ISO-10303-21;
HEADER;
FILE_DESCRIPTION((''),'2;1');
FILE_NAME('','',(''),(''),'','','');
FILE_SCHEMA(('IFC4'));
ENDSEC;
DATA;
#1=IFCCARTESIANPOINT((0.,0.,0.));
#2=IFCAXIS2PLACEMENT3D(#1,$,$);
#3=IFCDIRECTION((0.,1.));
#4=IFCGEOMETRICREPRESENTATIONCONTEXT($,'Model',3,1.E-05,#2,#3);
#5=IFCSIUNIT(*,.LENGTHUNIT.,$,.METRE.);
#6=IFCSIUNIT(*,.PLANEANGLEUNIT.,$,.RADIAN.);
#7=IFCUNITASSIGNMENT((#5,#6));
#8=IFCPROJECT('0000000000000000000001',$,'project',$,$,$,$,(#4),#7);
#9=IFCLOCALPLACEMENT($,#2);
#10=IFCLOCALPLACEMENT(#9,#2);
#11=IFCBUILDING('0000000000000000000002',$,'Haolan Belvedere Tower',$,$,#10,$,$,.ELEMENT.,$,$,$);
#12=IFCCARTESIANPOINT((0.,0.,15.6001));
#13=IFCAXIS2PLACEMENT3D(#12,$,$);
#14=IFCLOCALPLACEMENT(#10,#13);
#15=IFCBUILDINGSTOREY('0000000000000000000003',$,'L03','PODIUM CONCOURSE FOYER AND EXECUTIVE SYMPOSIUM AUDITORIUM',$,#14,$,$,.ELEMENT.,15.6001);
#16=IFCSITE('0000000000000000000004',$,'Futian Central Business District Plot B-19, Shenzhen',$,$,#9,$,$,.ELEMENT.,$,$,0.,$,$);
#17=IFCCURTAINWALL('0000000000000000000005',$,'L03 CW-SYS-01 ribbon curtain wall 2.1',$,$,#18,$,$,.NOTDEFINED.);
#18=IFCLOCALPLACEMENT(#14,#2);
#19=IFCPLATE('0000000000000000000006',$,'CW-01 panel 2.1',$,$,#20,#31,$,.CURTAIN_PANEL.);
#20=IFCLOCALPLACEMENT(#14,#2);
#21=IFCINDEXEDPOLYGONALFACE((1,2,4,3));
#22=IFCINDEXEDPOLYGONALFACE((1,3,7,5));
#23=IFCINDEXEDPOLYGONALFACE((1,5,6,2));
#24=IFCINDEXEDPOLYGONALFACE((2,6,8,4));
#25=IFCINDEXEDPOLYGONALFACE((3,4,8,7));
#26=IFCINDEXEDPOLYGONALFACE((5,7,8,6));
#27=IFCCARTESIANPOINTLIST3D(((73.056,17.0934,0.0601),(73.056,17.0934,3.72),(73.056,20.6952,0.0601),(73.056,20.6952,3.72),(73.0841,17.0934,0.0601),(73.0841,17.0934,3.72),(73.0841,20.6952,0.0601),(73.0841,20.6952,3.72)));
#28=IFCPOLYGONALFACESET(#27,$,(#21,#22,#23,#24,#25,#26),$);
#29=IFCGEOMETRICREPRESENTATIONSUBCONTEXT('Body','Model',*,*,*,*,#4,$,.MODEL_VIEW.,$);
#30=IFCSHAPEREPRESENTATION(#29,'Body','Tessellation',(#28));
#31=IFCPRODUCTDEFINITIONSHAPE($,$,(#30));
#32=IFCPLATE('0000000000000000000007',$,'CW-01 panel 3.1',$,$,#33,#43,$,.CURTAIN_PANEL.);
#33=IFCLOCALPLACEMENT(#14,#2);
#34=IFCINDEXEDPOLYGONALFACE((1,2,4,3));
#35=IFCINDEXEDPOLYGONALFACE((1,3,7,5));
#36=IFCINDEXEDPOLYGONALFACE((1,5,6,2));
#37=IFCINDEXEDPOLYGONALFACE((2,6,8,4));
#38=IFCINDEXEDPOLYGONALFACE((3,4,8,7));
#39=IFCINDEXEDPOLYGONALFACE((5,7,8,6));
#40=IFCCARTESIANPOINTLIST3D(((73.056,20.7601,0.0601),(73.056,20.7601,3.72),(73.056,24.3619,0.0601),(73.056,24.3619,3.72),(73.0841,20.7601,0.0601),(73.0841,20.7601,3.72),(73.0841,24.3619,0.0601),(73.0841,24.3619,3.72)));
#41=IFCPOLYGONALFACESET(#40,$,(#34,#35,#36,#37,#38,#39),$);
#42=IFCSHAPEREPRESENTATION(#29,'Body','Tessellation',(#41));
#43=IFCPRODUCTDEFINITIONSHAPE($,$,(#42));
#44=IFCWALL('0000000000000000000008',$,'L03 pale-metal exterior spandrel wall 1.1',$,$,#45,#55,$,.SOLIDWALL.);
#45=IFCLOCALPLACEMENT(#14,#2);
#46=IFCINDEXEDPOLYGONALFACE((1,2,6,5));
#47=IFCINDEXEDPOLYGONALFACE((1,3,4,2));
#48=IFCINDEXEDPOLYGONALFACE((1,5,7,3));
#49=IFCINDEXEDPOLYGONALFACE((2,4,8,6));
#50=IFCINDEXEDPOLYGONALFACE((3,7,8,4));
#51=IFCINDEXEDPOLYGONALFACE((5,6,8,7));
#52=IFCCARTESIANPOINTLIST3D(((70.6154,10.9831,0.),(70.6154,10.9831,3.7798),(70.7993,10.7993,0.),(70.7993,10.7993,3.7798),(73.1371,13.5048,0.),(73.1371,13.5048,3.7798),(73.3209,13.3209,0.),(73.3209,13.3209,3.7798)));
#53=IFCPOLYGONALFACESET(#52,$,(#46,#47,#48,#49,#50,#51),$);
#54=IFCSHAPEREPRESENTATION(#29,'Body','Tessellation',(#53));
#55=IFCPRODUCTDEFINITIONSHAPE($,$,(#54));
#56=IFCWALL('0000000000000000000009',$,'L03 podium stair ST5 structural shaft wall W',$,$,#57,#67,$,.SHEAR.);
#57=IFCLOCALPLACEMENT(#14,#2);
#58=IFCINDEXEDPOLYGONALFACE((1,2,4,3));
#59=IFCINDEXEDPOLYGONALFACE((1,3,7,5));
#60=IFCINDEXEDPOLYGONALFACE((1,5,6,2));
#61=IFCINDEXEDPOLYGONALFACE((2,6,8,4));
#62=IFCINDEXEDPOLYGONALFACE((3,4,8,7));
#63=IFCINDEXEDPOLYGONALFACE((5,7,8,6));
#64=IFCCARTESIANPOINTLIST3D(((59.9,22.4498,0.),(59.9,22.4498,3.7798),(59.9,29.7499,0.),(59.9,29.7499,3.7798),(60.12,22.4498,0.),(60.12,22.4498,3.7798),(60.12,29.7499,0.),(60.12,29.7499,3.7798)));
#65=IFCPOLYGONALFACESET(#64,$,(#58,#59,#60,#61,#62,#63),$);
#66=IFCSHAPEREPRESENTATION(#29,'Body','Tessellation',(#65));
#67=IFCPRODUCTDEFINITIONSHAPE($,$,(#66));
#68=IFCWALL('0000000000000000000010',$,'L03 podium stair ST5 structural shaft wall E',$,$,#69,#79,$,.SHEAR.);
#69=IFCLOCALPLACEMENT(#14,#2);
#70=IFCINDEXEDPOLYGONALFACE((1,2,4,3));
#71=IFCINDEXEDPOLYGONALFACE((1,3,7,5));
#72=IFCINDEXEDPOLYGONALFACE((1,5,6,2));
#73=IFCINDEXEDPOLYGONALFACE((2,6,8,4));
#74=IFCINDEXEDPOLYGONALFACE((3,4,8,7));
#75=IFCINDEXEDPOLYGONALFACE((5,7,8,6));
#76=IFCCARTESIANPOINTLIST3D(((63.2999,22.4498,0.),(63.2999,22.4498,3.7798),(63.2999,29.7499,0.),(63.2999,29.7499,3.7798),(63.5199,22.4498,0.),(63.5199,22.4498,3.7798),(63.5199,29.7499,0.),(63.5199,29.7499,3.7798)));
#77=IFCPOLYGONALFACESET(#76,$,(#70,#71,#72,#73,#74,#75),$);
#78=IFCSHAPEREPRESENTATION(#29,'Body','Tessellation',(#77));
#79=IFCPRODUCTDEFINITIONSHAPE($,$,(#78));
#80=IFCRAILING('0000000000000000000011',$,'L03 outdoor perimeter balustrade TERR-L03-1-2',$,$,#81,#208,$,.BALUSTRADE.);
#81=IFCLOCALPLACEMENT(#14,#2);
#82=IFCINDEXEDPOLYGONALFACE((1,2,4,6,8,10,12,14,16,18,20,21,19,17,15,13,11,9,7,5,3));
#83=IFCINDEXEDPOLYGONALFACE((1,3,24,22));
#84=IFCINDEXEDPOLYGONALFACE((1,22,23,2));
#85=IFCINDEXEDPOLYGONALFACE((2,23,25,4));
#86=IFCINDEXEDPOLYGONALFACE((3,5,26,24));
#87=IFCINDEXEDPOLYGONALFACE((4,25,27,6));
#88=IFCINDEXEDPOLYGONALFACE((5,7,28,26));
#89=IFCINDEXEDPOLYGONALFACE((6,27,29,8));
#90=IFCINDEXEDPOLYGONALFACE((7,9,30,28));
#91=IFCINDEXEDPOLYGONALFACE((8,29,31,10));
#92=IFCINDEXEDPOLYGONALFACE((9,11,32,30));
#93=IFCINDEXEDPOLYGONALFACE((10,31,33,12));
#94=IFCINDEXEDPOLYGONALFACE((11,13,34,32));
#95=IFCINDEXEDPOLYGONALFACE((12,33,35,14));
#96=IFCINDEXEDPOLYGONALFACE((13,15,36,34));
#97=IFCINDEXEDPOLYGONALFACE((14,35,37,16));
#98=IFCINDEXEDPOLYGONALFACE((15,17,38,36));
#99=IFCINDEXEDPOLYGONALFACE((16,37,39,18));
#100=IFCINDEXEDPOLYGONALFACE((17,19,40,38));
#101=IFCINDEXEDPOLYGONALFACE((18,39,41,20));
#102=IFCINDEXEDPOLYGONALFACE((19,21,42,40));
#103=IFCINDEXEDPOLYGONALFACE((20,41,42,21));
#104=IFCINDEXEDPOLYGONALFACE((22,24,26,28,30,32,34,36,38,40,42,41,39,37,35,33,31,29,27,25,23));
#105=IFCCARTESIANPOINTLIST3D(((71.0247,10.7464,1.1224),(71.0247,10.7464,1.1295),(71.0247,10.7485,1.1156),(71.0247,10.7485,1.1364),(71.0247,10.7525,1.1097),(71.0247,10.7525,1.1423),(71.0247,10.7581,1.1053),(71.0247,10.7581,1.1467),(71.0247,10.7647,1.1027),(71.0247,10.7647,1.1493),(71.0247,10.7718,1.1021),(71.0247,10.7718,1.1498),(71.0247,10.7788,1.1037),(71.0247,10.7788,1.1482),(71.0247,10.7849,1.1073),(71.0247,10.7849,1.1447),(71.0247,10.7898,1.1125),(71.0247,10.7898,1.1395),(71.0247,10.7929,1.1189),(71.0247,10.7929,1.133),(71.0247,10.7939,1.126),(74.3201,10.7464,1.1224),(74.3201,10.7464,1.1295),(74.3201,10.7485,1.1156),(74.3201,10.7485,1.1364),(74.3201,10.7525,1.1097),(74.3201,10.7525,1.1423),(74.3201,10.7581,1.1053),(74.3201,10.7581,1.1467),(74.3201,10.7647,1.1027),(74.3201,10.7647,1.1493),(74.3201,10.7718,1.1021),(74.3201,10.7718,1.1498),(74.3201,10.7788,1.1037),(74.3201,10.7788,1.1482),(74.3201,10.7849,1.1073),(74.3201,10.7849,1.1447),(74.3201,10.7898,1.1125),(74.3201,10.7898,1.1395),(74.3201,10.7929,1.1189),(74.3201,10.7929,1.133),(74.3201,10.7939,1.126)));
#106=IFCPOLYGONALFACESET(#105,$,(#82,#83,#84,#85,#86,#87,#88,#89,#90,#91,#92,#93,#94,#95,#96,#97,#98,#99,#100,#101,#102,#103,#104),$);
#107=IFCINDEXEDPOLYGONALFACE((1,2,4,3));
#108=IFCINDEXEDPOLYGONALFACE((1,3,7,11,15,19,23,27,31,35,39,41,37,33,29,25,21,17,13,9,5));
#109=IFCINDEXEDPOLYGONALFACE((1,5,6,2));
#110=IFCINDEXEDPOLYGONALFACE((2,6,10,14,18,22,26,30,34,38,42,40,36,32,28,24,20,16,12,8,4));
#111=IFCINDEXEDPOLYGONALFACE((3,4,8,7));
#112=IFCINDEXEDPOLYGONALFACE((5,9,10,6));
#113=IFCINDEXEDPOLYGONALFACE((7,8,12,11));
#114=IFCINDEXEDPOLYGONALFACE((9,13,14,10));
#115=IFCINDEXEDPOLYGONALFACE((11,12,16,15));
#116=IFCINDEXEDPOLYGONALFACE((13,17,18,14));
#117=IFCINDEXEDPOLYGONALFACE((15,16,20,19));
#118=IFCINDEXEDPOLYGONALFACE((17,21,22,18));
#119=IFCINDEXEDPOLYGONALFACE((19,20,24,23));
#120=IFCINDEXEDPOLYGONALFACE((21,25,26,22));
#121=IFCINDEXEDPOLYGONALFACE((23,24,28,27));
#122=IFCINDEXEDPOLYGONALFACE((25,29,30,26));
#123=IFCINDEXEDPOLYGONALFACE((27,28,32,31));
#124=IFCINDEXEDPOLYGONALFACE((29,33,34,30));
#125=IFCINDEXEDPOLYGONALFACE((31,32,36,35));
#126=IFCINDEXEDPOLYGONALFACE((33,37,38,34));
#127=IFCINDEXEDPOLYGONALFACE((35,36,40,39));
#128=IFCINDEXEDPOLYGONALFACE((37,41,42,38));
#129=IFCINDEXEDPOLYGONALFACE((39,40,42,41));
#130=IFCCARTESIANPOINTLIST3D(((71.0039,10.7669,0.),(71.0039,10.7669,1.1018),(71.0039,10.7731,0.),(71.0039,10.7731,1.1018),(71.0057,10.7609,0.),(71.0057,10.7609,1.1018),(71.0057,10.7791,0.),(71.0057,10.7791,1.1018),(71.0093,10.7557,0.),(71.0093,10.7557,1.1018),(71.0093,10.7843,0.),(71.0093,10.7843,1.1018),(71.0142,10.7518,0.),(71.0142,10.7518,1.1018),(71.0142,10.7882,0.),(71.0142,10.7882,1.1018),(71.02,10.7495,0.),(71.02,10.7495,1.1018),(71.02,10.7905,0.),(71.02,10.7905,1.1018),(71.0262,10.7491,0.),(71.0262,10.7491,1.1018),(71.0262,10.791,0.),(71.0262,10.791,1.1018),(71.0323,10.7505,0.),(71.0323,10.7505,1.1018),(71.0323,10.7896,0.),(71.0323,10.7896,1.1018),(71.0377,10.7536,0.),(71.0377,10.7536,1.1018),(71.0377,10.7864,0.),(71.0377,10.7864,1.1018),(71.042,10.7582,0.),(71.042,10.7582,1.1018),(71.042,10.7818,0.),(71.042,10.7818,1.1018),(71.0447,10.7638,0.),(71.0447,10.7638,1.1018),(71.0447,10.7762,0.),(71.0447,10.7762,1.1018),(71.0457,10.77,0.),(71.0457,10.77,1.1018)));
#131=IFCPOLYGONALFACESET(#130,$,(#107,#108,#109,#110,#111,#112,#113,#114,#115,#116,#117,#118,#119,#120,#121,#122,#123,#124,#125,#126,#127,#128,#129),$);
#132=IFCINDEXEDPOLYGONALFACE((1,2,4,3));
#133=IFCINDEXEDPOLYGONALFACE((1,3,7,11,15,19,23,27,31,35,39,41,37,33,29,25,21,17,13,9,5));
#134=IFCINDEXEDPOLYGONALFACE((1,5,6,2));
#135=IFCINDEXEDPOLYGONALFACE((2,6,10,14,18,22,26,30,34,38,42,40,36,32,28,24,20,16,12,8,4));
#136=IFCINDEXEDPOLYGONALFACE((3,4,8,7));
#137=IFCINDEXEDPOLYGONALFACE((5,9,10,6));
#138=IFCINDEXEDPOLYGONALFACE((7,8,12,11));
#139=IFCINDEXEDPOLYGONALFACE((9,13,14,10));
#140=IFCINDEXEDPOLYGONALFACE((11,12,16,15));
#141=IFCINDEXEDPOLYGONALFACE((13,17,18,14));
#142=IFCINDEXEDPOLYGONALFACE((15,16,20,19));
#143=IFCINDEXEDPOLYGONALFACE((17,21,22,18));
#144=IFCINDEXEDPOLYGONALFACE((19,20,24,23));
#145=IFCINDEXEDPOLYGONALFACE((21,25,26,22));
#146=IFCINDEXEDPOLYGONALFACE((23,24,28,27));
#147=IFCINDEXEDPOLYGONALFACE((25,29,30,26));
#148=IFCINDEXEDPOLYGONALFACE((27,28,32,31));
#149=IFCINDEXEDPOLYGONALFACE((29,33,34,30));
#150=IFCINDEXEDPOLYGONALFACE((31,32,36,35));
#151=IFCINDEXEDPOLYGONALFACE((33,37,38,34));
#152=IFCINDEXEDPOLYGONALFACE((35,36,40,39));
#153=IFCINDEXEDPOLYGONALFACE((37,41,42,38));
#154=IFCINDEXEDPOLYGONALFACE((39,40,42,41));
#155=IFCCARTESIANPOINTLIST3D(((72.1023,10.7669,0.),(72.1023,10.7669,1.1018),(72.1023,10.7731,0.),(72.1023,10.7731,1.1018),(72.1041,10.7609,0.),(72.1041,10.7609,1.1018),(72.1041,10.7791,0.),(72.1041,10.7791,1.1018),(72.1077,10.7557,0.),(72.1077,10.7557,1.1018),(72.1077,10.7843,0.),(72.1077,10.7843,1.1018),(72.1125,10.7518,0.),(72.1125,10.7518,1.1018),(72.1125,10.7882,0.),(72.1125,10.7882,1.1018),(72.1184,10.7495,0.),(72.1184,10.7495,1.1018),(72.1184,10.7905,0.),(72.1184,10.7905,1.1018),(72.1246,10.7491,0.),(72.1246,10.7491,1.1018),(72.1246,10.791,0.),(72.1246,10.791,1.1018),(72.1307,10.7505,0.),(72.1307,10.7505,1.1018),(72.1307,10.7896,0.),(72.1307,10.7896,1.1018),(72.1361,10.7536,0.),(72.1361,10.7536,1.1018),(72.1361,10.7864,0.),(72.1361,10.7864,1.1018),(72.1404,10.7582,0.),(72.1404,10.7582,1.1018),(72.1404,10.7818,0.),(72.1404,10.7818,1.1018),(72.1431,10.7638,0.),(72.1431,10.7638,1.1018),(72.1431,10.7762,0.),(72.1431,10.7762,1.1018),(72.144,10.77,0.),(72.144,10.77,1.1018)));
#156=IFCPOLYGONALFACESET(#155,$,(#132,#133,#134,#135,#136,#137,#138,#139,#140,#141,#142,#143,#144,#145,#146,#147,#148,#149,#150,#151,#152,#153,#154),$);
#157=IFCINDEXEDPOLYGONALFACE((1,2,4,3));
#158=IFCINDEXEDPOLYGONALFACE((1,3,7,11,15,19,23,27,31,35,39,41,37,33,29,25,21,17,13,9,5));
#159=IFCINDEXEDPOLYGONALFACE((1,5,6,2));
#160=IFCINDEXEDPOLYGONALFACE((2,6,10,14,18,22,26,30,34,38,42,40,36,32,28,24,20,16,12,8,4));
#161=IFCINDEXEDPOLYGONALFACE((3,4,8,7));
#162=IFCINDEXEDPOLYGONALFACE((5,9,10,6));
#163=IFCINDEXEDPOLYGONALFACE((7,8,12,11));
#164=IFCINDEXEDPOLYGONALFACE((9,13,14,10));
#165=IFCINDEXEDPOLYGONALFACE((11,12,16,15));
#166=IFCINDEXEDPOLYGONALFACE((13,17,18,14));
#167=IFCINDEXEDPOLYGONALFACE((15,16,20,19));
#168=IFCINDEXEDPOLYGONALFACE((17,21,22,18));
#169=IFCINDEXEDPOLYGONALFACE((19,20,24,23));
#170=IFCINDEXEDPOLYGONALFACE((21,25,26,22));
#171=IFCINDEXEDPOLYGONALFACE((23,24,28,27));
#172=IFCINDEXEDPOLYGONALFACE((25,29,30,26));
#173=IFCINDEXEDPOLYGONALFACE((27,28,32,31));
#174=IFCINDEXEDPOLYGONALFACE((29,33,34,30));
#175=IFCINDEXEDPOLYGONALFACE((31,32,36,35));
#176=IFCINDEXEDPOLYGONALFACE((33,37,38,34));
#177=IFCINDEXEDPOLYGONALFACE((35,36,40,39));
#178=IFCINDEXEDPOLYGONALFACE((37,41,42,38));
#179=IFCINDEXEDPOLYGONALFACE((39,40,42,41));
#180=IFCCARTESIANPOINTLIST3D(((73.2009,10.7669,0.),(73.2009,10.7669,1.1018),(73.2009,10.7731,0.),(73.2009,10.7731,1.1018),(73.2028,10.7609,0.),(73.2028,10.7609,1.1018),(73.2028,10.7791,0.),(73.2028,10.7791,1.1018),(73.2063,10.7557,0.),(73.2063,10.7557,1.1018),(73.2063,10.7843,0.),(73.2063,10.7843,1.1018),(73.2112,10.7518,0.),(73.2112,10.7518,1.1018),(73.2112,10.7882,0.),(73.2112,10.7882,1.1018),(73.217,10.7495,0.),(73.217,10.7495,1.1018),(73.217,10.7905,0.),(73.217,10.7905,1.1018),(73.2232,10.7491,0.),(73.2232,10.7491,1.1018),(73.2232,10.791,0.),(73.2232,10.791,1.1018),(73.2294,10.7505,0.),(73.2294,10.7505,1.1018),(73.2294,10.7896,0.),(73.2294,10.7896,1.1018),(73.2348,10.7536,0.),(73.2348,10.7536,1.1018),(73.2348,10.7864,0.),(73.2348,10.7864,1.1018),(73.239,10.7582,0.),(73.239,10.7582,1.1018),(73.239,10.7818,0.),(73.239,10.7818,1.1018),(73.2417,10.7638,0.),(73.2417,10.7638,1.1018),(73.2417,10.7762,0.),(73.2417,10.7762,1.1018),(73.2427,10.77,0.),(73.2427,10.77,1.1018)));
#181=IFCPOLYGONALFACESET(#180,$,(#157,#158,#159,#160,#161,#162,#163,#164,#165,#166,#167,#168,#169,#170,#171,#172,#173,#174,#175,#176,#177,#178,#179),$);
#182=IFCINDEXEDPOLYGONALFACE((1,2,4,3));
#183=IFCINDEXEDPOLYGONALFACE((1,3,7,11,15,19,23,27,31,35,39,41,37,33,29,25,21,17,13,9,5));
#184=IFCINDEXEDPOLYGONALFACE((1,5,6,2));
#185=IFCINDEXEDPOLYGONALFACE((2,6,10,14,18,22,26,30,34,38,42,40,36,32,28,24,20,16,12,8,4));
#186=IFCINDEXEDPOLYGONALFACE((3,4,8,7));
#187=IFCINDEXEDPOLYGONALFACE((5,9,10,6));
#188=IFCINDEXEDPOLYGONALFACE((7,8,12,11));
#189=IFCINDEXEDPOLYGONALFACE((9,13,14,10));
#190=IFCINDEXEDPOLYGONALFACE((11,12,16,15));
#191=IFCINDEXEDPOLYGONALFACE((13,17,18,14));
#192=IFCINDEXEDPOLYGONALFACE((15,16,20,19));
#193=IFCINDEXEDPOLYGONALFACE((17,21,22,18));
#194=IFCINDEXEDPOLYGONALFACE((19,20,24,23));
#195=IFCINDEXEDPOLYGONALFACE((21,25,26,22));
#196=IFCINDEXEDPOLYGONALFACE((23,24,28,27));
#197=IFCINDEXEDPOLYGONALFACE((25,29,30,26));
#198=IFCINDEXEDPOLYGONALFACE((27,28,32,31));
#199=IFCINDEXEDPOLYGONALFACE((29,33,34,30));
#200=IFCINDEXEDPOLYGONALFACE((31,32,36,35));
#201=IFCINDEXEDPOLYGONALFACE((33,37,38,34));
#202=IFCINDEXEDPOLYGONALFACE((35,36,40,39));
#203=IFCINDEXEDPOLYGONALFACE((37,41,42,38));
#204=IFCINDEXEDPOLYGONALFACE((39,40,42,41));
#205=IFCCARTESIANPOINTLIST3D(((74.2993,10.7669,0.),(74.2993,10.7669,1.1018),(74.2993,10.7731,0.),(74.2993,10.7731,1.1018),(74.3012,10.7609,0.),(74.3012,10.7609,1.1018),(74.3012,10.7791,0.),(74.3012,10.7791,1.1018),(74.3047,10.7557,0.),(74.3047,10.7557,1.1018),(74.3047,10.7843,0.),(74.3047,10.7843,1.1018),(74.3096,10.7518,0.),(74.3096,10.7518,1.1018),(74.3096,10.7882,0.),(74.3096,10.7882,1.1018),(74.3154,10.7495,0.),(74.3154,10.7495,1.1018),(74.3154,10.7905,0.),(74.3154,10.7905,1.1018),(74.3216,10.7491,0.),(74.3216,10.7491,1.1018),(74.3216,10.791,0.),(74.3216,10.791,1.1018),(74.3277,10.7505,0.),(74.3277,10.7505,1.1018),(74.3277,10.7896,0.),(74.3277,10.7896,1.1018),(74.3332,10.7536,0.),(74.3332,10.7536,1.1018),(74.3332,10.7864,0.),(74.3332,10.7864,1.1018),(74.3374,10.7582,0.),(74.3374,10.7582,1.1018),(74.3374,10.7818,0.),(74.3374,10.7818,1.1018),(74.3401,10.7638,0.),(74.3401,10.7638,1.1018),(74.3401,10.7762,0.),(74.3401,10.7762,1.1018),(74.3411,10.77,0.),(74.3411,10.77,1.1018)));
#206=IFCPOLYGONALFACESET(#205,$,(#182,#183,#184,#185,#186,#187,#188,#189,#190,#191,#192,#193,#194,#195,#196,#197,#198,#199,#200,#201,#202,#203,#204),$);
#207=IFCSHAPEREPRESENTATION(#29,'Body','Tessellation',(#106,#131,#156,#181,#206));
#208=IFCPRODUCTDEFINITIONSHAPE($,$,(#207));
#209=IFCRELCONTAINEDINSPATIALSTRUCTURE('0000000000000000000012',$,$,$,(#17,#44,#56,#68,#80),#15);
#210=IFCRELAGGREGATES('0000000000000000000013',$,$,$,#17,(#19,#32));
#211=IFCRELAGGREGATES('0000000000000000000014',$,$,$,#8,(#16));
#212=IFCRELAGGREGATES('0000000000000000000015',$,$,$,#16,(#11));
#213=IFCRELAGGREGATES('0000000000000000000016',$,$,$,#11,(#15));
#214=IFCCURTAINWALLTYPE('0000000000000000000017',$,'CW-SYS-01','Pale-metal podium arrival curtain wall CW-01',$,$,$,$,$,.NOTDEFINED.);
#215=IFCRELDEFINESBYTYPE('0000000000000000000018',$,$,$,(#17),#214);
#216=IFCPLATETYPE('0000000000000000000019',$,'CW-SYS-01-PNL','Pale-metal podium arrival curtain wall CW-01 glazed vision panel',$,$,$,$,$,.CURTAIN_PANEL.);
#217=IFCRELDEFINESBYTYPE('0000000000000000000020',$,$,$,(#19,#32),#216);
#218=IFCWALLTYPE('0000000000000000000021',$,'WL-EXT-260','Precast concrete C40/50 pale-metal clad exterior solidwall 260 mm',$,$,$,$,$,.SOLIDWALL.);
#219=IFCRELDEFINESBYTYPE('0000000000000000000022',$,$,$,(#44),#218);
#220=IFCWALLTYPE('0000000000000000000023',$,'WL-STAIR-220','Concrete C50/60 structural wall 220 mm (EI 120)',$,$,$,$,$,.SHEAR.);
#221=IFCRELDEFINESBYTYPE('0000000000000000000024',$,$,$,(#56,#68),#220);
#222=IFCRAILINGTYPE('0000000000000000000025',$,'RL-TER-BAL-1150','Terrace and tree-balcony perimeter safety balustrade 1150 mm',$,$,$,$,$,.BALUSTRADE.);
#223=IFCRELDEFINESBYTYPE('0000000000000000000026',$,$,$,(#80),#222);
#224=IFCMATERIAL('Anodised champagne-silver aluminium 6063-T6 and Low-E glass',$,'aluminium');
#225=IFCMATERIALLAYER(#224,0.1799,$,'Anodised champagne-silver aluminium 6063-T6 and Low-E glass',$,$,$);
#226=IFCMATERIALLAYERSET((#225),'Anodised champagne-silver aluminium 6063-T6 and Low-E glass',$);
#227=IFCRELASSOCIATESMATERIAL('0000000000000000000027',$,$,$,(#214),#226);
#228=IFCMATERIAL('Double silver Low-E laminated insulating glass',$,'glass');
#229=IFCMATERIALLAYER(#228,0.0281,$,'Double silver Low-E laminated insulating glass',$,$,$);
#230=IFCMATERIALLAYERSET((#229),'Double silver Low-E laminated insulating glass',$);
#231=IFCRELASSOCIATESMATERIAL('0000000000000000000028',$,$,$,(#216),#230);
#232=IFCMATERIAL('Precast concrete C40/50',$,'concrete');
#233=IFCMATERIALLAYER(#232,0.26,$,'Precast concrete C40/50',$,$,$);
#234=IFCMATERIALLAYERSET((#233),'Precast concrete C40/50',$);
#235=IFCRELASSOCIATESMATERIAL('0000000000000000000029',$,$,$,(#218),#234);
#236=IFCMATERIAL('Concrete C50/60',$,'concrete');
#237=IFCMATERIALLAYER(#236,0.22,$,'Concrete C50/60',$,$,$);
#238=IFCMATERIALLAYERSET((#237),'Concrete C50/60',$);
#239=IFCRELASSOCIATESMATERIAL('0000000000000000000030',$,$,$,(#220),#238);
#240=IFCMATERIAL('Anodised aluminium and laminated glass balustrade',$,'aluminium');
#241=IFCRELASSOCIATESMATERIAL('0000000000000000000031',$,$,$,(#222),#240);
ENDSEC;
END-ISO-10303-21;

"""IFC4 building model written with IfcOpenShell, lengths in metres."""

from ifc_helpers import new_model, si_unit, direction, frame, frame_2d, origin, origin_2d, place, context, subcontext, project, spatial, rectangle, circle, extrude, material, layer, layer_set, type_object, element, aggregate, save


model = new_model("IFC4")

# Units and contexts
model_context = context("Model", 3, precision=1e-05, world=origin(), true_north=direction((0.0, 1.0)))
body_context = subcontext(model_context, "Body", "Model", "MODEL_VIEW")
ifc_project = project(units=[si_unit("LENGTHUNIT", "METRE"), si_unit("PLANEANGLEUNIT", "RADIAN")], contexts=[model_context])

# Site, building, storey
site_placement = place(None, origin())
site = spatial("IfcSite", under=ifc_project, at=site_placement, Name="Futian Central Business District Plot B-19, Shenzhen", CompositionType="ELEMENT", RefElevation=0.0)
building_placement = place(site_placement, origin())
building = spatial("IfcBuilding", under=site, at=building_placement, Name="Haolan Belvedere Tower", CompositionType="ELEMENT")
storey_placement = place(building_placement, frame((0.0, 0.0, 15.6001)))
storey = spatial("IfcBuildingStorey", under=building, at=storey_placement, Name="L03", Description="PODIUM CONCOURSE FOYER AND EXECUTIVE SYMPOSIUM AUDITORIUM", CompositionType="ELEMENT", Elevation=15.6001)

# Curtain wall, plates
ifc_material_1 = material(Name="Anodised champagne-silver aluminium 6063-T6 and Low-E glass", Category="aluminium")
ifc_layer_1 = layer(ifc_material_1, 0.1799, Name="Anodised champagne-silver aluminium 6063-T6 and Low-E glass")
ifc_layer_set_1 = layer_set([ifc_layer_1], Name="Anodised champagne-silver aluminium 6063-T6 and Low-E glass")
curtain_wall_type = type_object("IfcCurtainWallType", Name="CW-SYS-01", Description="Pale-metal podium arrival curtain wall CW-01", PredefinedType="NOTDEFINED", material=ifc_layer_set_1)
curtain_wall_placement = place(storey_placement, origin())
curtain_wall = element("IfcCurtainWall", 1, at=curtain_wall_placement, inside=storey, type_object=curtain_wall_type, Name="L03 CW-SYS-01 ribbon curtain wall 2.1", PredefinedType="NOTDEFINED")
ifc_material_2 = material(Name="Double silver Low-E laminated insulating glass", Category="glass")
ifc_layer_2 = layer(ifc_material_2, 0.0281, Name="Double silver Low-E laminated insulating glass")
ifc_layer_set_2 = layer_set([ifc_layer_2], Name="Double silver Low-E laminated insulating glass")
plate_type = type_object("IfcPlateType", Name="CW-SYS-01-PNL", Description="Pale-metal podium arrival curtain wall CW-01 glazed vision panel", PredefinedType="CURTAIN_PANEL", material=ifc_layer_set_2)
plate_1_placement = place(storey_placement, frame((73.0701, 18.8943, 0.0601), z_axis=(0.0, 0.0, 1.0), x_axis=(0.0, 1.0, 0.0)))
plate_1 = element("IfcPlate", 2, at=plate_1_placement, type_object=plate_type, Name="CW-01 panel 2.1", PredefinedType="CURTAIN_PANEL", context=body_context, shape_type="SweptSolid", body=[
    extrude(rectangle(XDim=3.6018, YDim=0.0281, at=origin_2d()), origin(), (0.0, 0.0, 1.0), 3.6599),
])
plate_2_placement = place(storey_placement, frame((73.0701, 22.561, 0.0601), z_axis=(0.0, 0.0, 1.0), x_axis=(0.0, 1.0, 0.0)))
plate_2 = element("IfcPlate", 3, at=plate_2_placement, type_object=plate_type, Name="CW-01 panel 3.1", PredefinedType="CURTAIN_PANEL", context=body_context, shape_type="SweptSolid", body=[
    extrude(rectangle(XDim=3.6018, YDim=0.0281, at=origin_2d()), origin(), (0.0, 0.0, 1.0), 3.6599),
])
aggregate(curtain_wall, [plate_1, plate_2])

# Walls
ifc_material_3 = material(Name="Precast concrete C40/50", Category="concrete")
ifc_layer_3 = layer(ifc_material_3, 0.26, Name="Precast concrete C40/50")
ifc_layer_set_3 = layer_set([ifc_layer_3], Name="Precast concrete C40/50")
wall_type_1 = type_object("IfcWallType", Name="WL-EXT-260", Description="Precast concrete C40/50 pale-metal clad exterior solidwall 260 mm", PredefinedType="SOLIDWALL", material=ifc_layer_set_3)
wall_placement = place(storey_placement, frame((70.7073, 10.8911, 0.0), z_axis=(0.0, 0.0, 1.0), x_axis=(0.707107, 0.707107, 0.0)))
element("IfcWall", 4, at=wall_placement, inside=storey, type_object=wall_type_1, Name="L03 pale-metal exterior spandrel wall 1.1", PredefinedType="SOLIDWALL", context=body_context, shape_type="SweptSolid", body=[
    extrude(rectangle(XDim=3.5662, YDim=0.26, at=frame_2d((1.7832, 0.0))), origin(), (0.0, 0.0, 1.0), 3.7798),
])
ifc_material_4 = material(Name="Concrete C50/60", Category="concrete")
ifc_layer_4 = layer(ifc_material_4, 0.22, Name="Concrete C50/60")
ifc_layer_set_4 = layer_set([ifc_layer_4], Name="Concrete C50/60")
wall_type_2 = type_object("IfcWallType", Name="WL-STAIR-220", Description="Concrete C50/60 structural wall 220 mm (EI 120)", PredefinedType="SHEAR", material=ifc_layer_set_4)
for number, where, z_axis, x_axis, name in (
    (5, (60.01, 22.45, 0.0), (0.0, 0.0, 1.0), (0.0, 1.0, 0.0), "L03 podium stair ST5 structural shaft wall W"),
    (6, (63.4099, 22.45, 0.0), (0.0, 0.0, 1.0), (0.0, 1.0, 0.0), "L03 podium stair ST5 structural shaft wall E"),
):
    element("IfcWall", number, at=place(storey_placement, frame(where, z_axis=z_axis, x_axis=x_axis)), inside=storey, type_object=wall_type_2, Name=name, PredefinedType="SHEAR", context=body_context, shape_type="SweptSolid", body=[
        extrude(rectangle(XDim=7.3, YDim=0.22, at=frame_2d((3.6499, 0.0))), origin(), (0.0, 0.0, 1.0), 3.7798),
    ])

# Railing
ifc_material_5 = material(Name="Anodised aluminium and laminated glass balustrade", Category="aluminium")
railing_type = type_object("IfcRailingType", Name="RL-TER-BAL-1150", Description="Terrace and tree-balcony perimeter safety balustrade 1150 mm", PredefinedType="BALUSTRADE", material=ifc_material_5)
railing_1_placement = place(storey_placement, frame((71.0247, 10.77, 0.0)))
element("IfcRailing", 7, at=railing_1_placement, inside=storey, type_object=railing_type, Name="L03 outdoor perimeter balustrade TERR-L03-1-2", PredefinedType="BALUSTRADE", context=body_context, shape_type="SweptSolid", body=[
    extrude(circle(Radius=0.0239, at=origin_2d()), frame((0.0, 0.0, 1.126), z_axis=(1.0, 0.0, 0.0), x_axis=(0.0, 1.0, 0.0)), (0.0, 0.0, 1.0), 3.2954),
    extrude(circle(Radius=0.021, at=origin_2d()), origin(), (0.0, 0.0, 1.0), 1.1018),
    extrude(circle(Radius=0.021, at=origin_2d()), frame((1.0984, 0.0, 0.0)), (0.0, 0.0, 1.0), 1.1018),
    extrude(circle(Radius=0.021, at=origin_2d()), frame((2.197, 0.0, 0.0)), (0.0, 0.0, 1.0), 1.1018),
    extrude(circle(Radius=0.021, at=origin_2d()), frame((3.2954, 0.0, 0.0)), (0.0, 0.0, 1.0), 1.1018),
])

save(model, "model.ifc")
